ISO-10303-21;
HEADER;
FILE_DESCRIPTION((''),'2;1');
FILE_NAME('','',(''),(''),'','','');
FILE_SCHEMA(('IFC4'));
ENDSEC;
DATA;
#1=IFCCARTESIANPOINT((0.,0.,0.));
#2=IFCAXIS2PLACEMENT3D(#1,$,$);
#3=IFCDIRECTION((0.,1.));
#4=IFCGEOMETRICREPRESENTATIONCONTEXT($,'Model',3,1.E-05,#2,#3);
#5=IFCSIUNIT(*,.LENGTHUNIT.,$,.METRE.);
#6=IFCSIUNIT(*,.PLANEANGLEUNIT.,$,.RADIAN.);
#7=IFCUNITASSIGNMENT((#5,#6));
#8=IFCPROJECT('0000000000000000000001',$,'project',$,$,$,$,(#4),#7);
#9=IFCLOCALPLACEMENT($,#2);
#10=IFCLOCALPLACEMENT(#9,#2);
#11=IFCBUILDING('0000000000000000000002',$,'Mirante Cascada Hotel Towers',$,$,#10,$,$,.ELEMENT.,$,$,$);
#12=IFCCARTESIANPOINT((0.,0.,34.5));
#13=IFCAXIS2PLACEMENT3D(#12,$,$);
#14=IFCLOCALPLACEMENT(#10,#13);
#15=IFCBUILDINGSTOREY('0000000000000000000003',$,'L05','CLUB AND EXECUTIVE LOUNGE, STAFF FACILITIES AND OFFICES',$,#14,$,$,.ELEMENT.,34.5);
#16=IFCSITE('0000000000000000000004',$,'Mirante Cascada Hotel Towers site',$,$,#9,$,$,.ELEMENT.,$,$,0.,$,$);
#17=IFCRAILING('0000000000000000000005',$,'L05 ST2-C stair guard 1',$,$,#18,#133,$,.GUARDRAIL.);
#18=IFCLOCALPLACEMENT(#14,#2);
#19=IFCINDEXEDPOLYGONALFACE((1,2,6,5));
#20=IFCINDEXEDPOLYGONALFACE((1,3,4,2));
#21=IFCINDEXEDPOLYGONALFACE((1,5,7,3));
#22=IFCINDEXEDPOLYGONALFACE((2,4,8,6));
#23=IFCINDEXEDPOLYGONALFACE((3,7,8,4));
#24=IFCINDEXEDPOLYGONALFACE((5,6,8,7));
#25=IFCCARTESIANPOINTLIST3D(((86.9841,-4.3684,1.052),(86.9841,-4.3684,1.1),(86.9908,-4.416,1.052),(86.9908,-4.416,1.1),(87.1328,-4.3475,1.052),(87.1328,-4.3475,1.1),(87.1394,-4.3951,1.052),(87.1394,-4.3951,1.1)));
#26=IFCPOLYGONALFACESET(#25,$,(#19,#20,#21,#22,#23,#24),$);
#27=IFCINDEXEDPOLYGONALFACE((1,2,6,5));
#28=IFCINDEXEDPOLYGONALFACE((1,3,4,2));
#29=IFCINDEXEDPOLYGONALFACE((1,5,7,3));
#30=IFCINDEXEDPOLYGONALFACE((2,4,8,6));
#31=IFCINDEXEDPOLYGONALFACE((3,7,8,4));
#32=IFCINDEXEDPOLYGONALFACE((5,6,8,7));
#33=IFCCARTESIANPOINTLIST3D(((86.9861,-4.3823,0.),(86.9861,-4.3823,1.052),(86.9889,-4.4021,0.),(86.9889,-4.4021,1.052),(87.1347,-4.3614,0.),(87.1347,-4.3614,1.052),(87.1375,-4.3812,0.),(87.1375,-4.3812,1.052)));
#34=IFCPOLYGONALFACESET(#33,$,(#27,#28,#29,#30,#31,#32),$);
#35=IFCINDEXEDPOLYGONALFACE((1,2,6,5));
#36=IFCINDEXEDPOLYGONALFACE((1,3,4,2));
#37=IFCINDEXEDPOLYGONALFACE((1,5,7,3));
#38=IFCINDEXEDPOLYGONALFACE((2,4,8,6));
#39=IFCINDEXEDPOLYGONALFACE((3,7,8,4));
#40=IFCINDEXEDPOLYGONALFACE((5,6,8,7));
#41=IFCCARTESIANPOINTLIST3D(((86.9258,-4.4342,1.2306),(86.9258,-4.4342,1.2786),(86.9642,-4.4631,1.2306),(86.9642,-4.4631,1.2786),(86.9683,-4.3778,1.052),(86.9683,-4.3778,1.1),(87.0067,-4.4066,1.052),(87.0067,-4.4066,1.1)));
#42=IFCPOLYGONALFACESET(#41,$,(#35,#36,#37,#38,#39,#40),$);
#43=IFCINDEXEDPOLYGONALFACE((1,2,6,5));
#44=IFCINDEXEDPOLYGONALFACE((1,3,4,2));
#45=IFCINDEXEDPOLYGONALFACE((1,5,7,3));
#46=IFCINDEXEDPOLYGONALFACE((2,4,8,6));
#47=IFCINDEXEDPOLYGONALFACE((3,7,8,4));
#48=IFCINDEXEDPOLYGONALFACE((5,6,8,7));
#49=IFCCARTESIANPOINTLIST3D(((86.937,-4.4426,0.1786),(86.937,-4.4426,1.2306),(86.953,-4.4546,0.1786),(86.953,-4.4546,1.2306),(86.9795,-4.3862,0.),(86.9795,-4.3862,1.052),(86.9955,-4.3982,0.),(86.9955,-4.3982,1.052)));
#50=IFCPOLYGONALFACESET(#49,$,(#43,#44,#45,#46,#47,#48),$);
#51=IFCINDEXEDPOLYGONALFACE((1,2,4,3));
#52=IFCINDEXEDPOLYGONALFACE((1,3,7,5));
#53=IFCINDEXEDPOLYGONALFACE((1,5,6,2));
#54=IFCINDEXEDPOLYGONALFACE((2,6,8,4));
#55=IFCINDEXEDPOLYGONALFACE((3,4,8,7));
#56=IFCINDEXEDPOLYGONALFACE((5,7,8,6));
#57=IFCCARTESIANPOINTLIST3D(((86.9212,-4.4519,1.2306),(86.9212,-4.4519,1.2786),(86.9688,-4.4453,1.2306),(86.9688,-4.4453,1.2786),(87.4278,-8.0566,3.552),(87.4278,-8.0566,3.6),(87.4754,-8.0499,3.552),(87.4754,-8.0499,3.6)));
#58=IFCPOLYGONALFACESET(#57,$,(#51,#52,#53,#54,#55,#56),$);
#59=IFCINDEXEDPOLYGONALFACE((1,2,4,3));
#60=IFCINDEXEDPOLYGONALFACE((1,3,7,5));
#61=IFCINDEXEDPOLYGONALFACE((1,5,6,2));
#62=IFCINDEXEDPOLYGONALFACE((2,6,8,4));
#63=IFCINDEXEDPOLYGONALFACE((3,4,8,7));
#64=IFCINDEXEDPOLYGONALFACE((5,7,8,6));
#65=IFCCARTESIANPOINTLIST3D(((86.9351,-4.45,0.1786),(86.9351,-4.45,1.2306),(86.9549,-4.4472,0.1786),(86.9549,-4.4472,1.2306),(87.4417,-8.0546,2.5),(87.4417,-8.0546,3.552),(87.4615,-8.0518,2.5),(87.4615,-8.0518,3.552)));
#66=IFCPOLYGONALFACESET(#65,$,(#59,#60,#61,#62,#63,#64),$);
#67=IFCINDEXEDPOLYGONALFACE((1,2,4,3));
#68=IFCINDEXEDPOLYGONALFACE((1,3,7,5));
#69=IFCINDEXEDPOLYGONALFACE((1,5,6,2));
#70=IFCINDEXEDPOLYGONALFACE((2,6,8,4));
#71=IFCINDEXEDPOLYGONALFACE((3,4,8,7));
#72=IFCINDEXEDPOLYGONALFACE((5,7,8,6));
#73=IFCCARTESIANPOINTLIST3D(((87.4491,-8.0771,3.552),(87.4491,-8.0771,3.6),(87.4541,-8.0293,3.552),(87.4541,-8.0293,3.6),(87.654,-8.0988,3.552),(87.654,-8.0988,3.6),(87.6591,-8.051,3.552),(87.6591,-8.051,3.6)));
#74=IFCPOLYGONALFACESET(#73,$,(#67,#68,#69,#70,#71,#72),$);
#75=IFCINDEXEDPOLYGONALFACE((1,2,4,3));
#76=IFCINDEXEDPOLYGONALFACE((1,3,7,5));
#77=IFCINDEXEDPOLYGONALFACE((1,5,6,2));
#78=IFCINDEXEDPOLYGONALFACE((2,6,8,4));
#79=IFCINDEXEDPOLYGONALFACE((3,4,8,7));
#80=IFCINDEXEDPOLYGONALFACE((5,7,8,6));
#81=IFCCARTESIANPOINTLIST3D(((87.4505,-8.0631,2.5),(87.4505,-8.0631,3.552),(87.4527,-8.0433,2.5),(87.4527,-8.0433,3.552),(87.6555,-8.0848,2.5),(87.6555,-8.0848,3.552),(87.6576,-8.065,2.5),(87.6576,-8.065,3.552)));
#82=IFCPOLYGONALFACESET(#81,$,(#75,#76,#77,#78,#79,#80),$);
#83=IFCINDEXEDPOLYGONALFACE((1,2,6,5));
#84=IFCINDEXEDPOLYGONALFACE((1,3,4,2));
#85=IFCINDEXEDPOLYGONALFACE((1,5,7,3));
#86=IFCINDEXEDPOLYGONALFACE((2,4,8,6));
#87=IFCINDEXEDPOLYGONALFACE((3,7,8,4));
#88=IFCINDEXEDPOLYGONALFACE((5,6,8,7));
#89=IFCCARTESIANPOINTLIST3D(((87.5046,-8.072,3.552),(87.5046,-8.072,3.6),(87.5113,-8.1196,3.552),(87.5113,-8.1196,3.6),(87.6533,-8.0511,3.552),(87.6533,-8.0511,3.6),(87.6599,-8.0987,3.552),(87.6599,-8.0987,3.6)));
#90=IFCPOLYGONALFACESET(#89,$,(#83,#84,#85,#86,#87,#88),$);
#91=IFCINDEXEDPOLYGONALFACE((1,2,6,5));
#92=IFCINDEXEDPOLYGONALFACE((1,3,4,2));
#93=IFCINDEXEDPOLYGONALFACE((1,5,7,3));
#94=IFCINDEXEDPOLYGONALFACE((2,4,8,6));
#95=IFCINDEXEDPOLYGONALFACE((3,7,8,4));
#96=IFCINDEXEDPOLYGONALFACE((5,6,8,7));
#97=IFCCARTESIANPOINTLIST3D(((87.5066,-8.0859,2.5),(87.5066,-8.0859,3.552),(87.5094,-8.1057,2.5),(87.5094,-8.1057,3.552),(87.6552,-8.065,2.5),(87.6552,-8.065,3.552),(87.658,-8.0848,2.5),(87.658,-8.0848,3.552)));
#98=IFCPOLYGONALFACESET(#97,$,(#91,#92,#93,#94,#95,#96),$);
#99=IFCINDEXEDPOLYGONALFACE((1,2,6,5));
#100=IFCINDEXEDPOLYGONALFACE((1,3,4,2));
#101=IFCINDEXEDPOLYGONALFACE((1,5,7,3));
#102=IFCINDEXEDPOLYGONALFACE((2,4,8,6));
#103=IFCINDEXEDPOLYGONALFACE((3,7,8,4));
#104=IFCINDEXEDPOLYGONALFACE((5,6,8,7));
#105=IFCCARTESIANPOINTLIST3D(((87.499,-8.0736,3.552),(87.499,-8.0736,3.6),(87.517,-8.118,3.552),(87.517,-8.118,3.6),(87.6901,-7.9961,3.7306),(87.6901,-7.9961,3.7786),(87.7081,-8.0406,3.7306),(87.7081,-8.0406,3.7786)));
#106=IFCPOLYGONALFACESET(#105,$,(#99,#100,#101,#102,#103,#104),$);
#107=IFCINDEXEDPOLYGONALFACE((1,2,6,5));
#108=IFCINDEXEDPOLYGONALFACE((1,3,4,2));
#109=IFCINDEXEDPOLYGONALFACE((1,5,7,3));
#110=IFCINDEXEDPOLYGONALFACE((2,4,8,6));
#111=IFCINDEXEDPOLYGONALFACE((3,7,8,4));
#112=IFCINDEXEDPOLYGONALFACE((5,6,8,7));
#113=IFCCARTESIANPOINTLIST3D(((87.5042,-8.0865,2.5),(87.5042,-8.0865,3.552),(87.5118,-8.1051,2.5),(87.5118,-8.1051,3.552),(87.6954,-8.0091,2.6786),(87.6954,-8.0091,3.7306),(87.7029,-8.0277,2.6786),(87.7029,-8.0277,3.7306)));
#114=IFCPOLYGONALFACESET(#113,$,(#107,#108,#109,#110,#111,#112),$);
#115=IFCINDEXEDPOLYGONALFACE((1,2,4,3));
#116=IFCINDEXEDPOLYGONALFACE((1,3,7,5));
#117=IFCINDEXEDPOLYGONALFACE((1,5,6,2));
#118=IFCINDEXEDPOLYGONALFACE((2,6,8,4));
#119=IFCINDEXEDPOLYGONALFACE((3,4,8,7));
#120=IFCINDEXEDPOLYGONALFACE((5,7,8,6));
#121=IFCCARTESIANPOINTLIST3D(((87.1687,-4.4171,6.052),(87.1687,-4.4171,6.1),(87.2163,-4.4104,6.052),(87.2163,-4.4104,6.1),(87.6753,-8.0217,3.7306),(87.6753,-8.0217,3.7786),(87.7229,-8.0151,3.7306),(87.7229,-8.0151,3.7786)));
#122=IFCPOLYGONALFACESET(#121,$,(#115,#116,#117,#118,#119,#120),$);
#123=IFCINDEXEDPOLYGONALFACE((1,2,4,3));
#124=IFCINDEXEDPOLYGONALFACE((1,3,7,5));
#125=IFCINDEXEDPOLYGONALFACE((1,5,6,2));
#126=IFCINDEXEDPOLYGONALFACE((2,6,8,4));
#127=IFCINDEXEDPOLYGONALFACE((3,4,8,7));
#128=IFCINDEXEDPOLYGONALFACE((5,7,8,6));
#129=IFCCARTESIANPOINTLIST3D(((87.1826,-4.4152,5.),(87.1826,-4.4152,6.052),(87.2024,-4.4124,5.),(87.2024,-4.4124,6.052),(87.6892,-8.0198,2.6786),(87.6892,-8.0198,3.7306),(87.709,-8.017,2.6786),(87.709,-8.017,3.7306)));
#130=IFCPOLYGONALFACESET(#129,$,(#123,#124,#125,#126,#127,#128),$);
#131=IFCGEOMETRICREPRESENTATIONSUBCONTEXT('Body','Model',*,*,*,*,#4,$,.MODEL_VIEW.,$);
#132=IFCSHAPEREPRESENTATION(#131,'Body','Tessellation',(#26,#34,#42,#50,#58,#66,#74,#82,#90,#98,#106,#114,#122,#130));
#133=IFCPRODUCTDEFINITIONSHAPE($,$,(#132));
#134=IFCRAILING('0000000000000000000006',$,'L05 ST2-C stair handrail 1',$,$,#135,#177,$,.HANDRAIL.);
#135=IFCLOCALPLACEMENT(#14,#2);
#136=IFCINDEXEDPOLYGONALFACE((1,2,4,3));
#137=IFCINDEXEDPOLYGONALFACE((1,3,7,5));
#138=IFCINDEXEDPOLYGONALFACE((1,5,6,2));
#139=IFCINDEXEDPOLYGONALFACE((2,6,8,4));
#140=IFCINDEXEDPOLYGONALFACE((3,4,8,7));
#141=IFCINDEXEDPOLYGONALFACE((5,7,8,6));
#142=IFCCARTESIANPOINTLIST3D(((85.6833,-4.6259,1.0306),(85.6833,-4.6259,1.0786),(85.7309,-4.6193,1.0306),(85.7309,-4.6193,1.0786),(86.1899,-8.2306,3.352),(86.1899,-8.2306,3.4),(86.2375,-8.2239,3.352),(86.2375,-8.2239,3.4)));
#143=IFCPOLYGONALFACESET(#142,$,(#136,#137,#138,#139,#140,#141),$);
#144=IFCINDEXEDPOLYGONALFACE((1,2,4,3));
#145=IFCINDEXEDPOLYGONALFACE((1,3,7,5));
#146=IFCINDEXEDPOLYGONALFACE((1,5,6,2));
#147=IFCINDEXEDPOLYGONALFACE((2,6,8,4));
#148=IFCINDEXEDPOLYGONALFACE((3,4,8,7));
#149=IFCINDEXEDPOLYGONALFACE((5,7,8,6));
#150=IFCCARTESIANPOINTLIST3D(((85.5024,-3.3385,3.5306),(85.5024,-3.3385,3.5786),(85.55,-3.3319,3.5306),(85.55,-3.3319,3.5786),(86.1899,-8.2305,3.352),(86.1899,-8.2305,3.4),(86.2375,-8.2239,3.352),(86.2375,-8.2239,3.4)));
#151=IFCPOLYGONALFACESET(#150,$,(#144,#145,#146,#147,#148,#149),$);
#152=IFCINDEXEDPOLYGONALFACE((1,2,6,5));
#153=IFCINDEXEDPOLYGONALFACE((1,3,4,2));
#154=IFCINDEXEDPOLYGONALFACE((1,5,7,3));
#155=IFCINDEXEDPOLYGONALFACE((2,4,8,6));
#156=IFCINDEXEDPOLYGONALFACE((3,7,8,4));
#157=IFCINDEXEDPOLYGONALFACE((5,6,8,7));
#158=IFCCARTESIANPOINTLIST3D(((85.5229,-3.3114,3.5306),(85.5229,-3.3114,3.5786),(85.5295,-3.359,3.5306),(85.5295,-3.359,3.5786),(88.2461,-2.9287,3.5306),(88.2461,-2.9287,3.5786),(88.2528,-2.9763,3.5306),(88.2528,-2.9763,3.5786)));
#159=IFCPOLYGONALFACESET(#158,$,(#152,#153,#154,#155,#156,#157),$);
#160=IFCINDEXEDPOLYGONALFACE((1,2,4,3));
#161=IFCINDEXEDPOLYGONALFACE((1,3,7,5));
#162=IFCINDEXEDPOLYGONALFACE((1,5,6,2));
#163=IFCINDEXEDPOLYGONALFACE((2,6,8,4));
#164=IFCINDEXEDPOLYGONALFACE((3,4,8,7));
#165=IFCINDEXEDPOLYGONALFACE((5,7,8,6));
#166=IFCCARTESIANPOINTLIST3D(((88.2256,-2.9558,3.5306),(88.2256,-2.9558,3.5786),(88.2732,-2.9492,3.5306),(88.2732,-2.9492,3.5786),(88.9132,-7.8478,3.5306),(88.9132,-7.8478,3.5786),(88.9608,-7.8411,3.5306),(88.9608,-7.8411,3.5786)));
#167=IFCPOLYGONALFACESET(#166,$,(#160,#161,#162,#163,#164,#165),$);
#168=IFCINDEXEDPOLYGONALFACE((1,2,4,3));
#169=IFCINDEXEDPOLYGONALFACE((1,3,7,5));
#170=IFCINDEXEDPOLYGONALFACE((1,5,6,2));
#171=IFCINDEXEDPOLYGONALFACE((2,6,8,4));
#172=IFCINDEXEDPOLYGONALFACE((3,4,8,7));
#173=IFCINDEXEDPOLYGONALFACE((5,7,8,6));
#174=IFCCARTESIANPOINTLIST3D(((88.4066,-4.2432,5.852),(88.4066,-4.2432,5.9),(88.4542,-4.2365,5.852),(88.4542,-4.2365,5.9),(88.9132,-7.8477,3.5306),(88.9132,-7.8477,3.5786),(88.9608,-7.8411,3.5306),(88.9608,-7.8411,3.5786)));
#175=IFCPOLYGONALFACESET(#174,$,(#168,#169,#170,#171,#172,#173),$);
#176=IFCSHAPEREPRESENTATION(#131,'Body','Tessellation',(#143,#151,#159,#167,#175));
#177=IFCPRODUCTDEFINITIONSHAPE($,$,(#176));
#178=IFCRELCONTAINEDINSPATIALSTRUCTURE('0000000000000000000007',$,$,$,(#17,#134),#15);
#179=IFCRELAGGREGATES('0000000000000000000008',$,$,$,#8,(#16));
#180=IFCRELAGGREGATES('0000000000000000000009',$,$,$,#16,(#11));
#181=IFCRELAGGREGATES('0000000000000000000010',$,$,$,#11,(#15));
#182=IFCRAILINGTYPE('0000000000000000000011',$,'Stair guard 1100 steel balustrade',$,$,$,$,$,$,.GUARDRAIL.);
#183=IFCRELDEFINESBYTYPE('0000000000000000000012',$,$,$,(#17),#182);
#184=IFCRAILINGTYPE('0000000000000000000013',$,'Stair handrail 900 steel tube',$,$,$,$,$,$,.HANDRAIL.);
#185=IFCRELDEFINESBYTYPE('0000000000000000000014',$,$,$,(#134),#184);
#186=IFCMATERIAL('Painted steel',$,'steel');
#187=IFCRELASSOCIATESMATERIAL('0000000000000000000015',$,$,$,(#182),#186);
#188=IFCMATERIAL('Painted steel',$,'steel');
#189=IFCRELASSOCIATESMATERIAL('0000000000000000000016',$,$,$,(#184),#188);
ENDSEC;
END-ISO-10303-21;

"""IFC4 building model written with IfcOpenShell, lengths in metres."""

from ifc_helpers import new_model, si_unit, direction, frame, origin, origin_2d, place, context, subcontext, project, spatial, rectangle, extrude, material, type_object, element, save


model = new_model("IFC4")

# Units and contexts
model_context = context("Model", 3, precision=1e-05, world=origin(), true_north=direction((0.0, 1.0)))
body_context = subcontext(model_context, "Body", "Model", "MODEL_VIEW")
ifc_project = project(units=[si_unit("LENGTHUNIT", "METRE"), si_unit("PLANEANGLEUNIT", "RADIAN")], contexts=[model_context])

# Site, building, storey
site_placement = place(None, origin())
site = spatial("IfcSite", under=ifc_project, at=site_placement, Name="Mirante Cascada Hotel Towers site", CompositionType="ELEMENT", RefElevation=0.0)
building_placement = place(site_placement, origin())
building = spatial("IfcBuilding", under=site, at=building_placement, Name="Mirante Cascada Hotel Towers", CompositionType="ELEMENT")
storey_placement = place(building_placement, frame((0.0, 0.0, 34.5)))
storey = spatial("IfcBuildingStorey", under=building, at=storey_placement, Name="L05", Description="CLUB AND EXECUTIVE LOUNGE, STAFF FACILITIES AND OFFICES", CompositionType="ELEMENT", Elevation=34.5)

# Railings
ifc_material_1 = material(Name="Painted steel", Category="steel")
railing_type_1 = type_object("IfcRailingType", Name="Stair guard 1100 steel balustrade", PredefinedType="GUARDRAIL", material=ifc_material_1)
railing_1_placement = place(storey_placement, frame((87.1361, -4.3713, 0.0)))
element("IfcRailing", 1, at=railing_1_placement, inside=storey, type_object=railing_type_1, Name="L05 ST2-C stair guard 1", PredefinedType="GUARDRAIL", context=body_context, shape_type="SweptSolid", body=[
    extrude(rectangle(XDim=0.048, YDim=0.048, at=origin_2d()), frame((0.0, 0.0, 1.076), z_axis=(-0.990254, -0.139275, 0.0), x_axis=(0.139275, -0.990254, 0.0)), (0.0, 0.0, 1.0), 0.1501),
    extrude(rectangle(XDim=0.02, YDim=1.052, at=origin_2d()), frame((0.0, 0.0, 0.526), z_axis=(-0.990254, -0.139275, 0.0), x_axis=(0.139275, -0.990254, 0.0)), (0.0, 0.0, 1.0), 0.1501),
    extrude(rectangle(XDim=0.048, YDim=0.048, at=origin_2d()), frame((-0.1486, -0.0209, 1.076), z_axis=(-0.601811, -0.798639, 0.0), x_axis=(0.798639, -0.601811, 0.0)), (0.0, 0.929941, 0.367708), 0.1921),
    extrude(rectangle(XDim=0.02, YDim=1.052, at=origin_2d()), frame((-0.1486, -0.0209, 0.526), z_axis=(-0.601811, -0.798639, 0.0), x_axis=(0.798639, -0.601811, 0.0)), (0.0, 0.929941, 0.367708), 0.1921),
    extrude(rectangle(XDim=0.048, YDim=0.048, at=origin_2d()), frame((-0.1911, -0.0773, 1.2546), z_axis=(0.139175, -0.990268, 0.0), x_axis=(0.990268, 0.139175, 0.0)), (0.0, 0.537703, 0.843134), 4.3173),
    extrude(rectangle(XDim=0.02, YDim=1.052, at=origin_2d()), frame((-0.1911, -0.0773, 0.7046), z_axis=(0.139175, -0.990268, 0.0), x_axis=(0.990268, 0.139175, 0.0)), (0.0, 0.537703, 0.843134), 4.3173),
    extrude(rectangle(XDim=0.048, YDim=0.048, at=origin_2d()), frame((0.3155, -3.6819, 3.576), z_axis=(0.994444, -0.105266, 0.0), x_axis=(0.105266, 0.994444, 0.0)), (0.0, 0.0, 1.0), 0.2061),
    extrude(rectangle(XDim=0.02, YDim=1.052, at=origin_2d()), frame((0.3155, -3.6819, 3.026), z_axis=(0.994444, -0.105266, 0.0), x_axis=(0.105266, 0.994444, 0.0)), (0.0, 0.0, 1.0), 0.2061),
    extrude(rectangle(XDim=0.048, YDim=0.048, at=origin_2d()), frame((0.5205, -3.7036, 3.576), z_axis=(-0.990254, -0.139275, 0.0), x_axis=(0.139275, -0.990254, 0.0)), (0.0, 0.0, 1.0), 0.1501),
    extrude(rectangle(XDim=0.02, YDim=1.052, at=origin_2d()), frame((0.5205, -3.7036, 3.026), z_axis=(-0.990254, -0.139275, 0.0), x_axis=(0.139275, -0.990254, 0.0)), (0.0, 0.0, 1.0), 0.1501),
    extrude(rectangle(XDim=0.048, YDim=0.048, at=origin_2d()), frame((0.3719, -3.7245, 3.576), z_axis=(0.926862, 0.375401, 0.0), x_axis=(-0.375401, 0.926862, 0.0)), (0.0, 0.654744, 0.75585), 0.2728),
    extrude(rectangle(XDim=0.02, YDim=1.052, at=origin_2d()), frame((0.3719, -3.7245, 3.026), z_axis=(0.926862, 0.375401, 0.0), x_axis=(-0.375401, 0.926862, 0.0)), (0.0, 0.654744, 0.75585), 0.2728),
    extrude(rectangle(XDim=0.048, YDim=0.048, at=origin_2d()), frame((0.563, -3.6471, 3.7546), z_axis=(-0.139175, 0.990268, 0.0), x_axis=(-0.990268, -0.139175, 0.0)), (0.0, 0.537703, 0.843134), 4.3173),
    extrude(rectangle(XDim=0.02, YDim=1.052, at=origin_2d()), frame((0.563, -3.6471, 3.2046), z_axis=(-0.139175, 0.990268, 0.0), x_axis=(-0.990268, -0.139175, 0.0)), (0.0, 0.537703, 0.843134), 4.3173),
])
ifc_material_2 = material(Name="Painted steel", Category="steel")
railing_type_2 = type_object("IfcRailingType", Name="Stair handrail 900 steel tube", PredefinedType="HANDRAIL", material=ifc_material_2)
railing_2_placement = place(storey_placement, frame((85.7071, -4.6226, 0.1786)))
element("IfcRailing", 2, at=railing_2_placement, inside=storey, type_object=railing_type_2, Name="L05 ST2-C stair handrail 1", PredefinedType="HANDRAIL", context=body_context, shape_type="SweptSolid", body=[
    extrude(rectangle(XDim=0.048, YDim=0.048, at=origin_2d()), frame((0.0, 0.0, 0.876), z_axis=(0.139175, -0.990268, 0.0), x_axis=(0.990268, 0.139175, 0.0)), (0.0, 0.537703, 0.843134), 4.3173),
    extrude(rectangle(XDim=0.048, YDim=0.048, at=origin_2d()), frame((0.5066, -3.6046, 3.1974), z_axis=(-0.139168, 0.990269, 0.0), x_axis=(-0.990269, -0.139168, 0.0)), (0.0, 0.03613, 0.999347), 4.9433),
    extrude(rectangle(XDim=0.048, YDim=0.048, at=origin_2d()), frame((-0.1809, 1.2874, 3.376), z_axis=(0.990269, 0.139166, 0.0), x_axis=(-0.139166, 0.990269, 0.0)), (0.0, 0.0, 1.0), 2.75),
    extrude(rectangle(XDim=0.048, YDim=0.048, at=origin_2d()), frame((2.5423, 1.6701, 3.376), z_axis=(0.139191, -0.990266, 0.0), x_axis=(0.990266, 0.139191, 0.0)), (0.0, 0.0, 1.0), 4.94),
    extrude(rectangle(XDim=0.048, YDim=0.048, at=origin_2d()), frame((3.2299, -3.2218, 3.376), z_axis=(-0.139179, 0.990267, 0.0), x_axis=(-0.990267, -0.139179, 0.0)), (0.0, 0.537713, 0.843128), 4.3172),
])

save(model, "model.ifc")
